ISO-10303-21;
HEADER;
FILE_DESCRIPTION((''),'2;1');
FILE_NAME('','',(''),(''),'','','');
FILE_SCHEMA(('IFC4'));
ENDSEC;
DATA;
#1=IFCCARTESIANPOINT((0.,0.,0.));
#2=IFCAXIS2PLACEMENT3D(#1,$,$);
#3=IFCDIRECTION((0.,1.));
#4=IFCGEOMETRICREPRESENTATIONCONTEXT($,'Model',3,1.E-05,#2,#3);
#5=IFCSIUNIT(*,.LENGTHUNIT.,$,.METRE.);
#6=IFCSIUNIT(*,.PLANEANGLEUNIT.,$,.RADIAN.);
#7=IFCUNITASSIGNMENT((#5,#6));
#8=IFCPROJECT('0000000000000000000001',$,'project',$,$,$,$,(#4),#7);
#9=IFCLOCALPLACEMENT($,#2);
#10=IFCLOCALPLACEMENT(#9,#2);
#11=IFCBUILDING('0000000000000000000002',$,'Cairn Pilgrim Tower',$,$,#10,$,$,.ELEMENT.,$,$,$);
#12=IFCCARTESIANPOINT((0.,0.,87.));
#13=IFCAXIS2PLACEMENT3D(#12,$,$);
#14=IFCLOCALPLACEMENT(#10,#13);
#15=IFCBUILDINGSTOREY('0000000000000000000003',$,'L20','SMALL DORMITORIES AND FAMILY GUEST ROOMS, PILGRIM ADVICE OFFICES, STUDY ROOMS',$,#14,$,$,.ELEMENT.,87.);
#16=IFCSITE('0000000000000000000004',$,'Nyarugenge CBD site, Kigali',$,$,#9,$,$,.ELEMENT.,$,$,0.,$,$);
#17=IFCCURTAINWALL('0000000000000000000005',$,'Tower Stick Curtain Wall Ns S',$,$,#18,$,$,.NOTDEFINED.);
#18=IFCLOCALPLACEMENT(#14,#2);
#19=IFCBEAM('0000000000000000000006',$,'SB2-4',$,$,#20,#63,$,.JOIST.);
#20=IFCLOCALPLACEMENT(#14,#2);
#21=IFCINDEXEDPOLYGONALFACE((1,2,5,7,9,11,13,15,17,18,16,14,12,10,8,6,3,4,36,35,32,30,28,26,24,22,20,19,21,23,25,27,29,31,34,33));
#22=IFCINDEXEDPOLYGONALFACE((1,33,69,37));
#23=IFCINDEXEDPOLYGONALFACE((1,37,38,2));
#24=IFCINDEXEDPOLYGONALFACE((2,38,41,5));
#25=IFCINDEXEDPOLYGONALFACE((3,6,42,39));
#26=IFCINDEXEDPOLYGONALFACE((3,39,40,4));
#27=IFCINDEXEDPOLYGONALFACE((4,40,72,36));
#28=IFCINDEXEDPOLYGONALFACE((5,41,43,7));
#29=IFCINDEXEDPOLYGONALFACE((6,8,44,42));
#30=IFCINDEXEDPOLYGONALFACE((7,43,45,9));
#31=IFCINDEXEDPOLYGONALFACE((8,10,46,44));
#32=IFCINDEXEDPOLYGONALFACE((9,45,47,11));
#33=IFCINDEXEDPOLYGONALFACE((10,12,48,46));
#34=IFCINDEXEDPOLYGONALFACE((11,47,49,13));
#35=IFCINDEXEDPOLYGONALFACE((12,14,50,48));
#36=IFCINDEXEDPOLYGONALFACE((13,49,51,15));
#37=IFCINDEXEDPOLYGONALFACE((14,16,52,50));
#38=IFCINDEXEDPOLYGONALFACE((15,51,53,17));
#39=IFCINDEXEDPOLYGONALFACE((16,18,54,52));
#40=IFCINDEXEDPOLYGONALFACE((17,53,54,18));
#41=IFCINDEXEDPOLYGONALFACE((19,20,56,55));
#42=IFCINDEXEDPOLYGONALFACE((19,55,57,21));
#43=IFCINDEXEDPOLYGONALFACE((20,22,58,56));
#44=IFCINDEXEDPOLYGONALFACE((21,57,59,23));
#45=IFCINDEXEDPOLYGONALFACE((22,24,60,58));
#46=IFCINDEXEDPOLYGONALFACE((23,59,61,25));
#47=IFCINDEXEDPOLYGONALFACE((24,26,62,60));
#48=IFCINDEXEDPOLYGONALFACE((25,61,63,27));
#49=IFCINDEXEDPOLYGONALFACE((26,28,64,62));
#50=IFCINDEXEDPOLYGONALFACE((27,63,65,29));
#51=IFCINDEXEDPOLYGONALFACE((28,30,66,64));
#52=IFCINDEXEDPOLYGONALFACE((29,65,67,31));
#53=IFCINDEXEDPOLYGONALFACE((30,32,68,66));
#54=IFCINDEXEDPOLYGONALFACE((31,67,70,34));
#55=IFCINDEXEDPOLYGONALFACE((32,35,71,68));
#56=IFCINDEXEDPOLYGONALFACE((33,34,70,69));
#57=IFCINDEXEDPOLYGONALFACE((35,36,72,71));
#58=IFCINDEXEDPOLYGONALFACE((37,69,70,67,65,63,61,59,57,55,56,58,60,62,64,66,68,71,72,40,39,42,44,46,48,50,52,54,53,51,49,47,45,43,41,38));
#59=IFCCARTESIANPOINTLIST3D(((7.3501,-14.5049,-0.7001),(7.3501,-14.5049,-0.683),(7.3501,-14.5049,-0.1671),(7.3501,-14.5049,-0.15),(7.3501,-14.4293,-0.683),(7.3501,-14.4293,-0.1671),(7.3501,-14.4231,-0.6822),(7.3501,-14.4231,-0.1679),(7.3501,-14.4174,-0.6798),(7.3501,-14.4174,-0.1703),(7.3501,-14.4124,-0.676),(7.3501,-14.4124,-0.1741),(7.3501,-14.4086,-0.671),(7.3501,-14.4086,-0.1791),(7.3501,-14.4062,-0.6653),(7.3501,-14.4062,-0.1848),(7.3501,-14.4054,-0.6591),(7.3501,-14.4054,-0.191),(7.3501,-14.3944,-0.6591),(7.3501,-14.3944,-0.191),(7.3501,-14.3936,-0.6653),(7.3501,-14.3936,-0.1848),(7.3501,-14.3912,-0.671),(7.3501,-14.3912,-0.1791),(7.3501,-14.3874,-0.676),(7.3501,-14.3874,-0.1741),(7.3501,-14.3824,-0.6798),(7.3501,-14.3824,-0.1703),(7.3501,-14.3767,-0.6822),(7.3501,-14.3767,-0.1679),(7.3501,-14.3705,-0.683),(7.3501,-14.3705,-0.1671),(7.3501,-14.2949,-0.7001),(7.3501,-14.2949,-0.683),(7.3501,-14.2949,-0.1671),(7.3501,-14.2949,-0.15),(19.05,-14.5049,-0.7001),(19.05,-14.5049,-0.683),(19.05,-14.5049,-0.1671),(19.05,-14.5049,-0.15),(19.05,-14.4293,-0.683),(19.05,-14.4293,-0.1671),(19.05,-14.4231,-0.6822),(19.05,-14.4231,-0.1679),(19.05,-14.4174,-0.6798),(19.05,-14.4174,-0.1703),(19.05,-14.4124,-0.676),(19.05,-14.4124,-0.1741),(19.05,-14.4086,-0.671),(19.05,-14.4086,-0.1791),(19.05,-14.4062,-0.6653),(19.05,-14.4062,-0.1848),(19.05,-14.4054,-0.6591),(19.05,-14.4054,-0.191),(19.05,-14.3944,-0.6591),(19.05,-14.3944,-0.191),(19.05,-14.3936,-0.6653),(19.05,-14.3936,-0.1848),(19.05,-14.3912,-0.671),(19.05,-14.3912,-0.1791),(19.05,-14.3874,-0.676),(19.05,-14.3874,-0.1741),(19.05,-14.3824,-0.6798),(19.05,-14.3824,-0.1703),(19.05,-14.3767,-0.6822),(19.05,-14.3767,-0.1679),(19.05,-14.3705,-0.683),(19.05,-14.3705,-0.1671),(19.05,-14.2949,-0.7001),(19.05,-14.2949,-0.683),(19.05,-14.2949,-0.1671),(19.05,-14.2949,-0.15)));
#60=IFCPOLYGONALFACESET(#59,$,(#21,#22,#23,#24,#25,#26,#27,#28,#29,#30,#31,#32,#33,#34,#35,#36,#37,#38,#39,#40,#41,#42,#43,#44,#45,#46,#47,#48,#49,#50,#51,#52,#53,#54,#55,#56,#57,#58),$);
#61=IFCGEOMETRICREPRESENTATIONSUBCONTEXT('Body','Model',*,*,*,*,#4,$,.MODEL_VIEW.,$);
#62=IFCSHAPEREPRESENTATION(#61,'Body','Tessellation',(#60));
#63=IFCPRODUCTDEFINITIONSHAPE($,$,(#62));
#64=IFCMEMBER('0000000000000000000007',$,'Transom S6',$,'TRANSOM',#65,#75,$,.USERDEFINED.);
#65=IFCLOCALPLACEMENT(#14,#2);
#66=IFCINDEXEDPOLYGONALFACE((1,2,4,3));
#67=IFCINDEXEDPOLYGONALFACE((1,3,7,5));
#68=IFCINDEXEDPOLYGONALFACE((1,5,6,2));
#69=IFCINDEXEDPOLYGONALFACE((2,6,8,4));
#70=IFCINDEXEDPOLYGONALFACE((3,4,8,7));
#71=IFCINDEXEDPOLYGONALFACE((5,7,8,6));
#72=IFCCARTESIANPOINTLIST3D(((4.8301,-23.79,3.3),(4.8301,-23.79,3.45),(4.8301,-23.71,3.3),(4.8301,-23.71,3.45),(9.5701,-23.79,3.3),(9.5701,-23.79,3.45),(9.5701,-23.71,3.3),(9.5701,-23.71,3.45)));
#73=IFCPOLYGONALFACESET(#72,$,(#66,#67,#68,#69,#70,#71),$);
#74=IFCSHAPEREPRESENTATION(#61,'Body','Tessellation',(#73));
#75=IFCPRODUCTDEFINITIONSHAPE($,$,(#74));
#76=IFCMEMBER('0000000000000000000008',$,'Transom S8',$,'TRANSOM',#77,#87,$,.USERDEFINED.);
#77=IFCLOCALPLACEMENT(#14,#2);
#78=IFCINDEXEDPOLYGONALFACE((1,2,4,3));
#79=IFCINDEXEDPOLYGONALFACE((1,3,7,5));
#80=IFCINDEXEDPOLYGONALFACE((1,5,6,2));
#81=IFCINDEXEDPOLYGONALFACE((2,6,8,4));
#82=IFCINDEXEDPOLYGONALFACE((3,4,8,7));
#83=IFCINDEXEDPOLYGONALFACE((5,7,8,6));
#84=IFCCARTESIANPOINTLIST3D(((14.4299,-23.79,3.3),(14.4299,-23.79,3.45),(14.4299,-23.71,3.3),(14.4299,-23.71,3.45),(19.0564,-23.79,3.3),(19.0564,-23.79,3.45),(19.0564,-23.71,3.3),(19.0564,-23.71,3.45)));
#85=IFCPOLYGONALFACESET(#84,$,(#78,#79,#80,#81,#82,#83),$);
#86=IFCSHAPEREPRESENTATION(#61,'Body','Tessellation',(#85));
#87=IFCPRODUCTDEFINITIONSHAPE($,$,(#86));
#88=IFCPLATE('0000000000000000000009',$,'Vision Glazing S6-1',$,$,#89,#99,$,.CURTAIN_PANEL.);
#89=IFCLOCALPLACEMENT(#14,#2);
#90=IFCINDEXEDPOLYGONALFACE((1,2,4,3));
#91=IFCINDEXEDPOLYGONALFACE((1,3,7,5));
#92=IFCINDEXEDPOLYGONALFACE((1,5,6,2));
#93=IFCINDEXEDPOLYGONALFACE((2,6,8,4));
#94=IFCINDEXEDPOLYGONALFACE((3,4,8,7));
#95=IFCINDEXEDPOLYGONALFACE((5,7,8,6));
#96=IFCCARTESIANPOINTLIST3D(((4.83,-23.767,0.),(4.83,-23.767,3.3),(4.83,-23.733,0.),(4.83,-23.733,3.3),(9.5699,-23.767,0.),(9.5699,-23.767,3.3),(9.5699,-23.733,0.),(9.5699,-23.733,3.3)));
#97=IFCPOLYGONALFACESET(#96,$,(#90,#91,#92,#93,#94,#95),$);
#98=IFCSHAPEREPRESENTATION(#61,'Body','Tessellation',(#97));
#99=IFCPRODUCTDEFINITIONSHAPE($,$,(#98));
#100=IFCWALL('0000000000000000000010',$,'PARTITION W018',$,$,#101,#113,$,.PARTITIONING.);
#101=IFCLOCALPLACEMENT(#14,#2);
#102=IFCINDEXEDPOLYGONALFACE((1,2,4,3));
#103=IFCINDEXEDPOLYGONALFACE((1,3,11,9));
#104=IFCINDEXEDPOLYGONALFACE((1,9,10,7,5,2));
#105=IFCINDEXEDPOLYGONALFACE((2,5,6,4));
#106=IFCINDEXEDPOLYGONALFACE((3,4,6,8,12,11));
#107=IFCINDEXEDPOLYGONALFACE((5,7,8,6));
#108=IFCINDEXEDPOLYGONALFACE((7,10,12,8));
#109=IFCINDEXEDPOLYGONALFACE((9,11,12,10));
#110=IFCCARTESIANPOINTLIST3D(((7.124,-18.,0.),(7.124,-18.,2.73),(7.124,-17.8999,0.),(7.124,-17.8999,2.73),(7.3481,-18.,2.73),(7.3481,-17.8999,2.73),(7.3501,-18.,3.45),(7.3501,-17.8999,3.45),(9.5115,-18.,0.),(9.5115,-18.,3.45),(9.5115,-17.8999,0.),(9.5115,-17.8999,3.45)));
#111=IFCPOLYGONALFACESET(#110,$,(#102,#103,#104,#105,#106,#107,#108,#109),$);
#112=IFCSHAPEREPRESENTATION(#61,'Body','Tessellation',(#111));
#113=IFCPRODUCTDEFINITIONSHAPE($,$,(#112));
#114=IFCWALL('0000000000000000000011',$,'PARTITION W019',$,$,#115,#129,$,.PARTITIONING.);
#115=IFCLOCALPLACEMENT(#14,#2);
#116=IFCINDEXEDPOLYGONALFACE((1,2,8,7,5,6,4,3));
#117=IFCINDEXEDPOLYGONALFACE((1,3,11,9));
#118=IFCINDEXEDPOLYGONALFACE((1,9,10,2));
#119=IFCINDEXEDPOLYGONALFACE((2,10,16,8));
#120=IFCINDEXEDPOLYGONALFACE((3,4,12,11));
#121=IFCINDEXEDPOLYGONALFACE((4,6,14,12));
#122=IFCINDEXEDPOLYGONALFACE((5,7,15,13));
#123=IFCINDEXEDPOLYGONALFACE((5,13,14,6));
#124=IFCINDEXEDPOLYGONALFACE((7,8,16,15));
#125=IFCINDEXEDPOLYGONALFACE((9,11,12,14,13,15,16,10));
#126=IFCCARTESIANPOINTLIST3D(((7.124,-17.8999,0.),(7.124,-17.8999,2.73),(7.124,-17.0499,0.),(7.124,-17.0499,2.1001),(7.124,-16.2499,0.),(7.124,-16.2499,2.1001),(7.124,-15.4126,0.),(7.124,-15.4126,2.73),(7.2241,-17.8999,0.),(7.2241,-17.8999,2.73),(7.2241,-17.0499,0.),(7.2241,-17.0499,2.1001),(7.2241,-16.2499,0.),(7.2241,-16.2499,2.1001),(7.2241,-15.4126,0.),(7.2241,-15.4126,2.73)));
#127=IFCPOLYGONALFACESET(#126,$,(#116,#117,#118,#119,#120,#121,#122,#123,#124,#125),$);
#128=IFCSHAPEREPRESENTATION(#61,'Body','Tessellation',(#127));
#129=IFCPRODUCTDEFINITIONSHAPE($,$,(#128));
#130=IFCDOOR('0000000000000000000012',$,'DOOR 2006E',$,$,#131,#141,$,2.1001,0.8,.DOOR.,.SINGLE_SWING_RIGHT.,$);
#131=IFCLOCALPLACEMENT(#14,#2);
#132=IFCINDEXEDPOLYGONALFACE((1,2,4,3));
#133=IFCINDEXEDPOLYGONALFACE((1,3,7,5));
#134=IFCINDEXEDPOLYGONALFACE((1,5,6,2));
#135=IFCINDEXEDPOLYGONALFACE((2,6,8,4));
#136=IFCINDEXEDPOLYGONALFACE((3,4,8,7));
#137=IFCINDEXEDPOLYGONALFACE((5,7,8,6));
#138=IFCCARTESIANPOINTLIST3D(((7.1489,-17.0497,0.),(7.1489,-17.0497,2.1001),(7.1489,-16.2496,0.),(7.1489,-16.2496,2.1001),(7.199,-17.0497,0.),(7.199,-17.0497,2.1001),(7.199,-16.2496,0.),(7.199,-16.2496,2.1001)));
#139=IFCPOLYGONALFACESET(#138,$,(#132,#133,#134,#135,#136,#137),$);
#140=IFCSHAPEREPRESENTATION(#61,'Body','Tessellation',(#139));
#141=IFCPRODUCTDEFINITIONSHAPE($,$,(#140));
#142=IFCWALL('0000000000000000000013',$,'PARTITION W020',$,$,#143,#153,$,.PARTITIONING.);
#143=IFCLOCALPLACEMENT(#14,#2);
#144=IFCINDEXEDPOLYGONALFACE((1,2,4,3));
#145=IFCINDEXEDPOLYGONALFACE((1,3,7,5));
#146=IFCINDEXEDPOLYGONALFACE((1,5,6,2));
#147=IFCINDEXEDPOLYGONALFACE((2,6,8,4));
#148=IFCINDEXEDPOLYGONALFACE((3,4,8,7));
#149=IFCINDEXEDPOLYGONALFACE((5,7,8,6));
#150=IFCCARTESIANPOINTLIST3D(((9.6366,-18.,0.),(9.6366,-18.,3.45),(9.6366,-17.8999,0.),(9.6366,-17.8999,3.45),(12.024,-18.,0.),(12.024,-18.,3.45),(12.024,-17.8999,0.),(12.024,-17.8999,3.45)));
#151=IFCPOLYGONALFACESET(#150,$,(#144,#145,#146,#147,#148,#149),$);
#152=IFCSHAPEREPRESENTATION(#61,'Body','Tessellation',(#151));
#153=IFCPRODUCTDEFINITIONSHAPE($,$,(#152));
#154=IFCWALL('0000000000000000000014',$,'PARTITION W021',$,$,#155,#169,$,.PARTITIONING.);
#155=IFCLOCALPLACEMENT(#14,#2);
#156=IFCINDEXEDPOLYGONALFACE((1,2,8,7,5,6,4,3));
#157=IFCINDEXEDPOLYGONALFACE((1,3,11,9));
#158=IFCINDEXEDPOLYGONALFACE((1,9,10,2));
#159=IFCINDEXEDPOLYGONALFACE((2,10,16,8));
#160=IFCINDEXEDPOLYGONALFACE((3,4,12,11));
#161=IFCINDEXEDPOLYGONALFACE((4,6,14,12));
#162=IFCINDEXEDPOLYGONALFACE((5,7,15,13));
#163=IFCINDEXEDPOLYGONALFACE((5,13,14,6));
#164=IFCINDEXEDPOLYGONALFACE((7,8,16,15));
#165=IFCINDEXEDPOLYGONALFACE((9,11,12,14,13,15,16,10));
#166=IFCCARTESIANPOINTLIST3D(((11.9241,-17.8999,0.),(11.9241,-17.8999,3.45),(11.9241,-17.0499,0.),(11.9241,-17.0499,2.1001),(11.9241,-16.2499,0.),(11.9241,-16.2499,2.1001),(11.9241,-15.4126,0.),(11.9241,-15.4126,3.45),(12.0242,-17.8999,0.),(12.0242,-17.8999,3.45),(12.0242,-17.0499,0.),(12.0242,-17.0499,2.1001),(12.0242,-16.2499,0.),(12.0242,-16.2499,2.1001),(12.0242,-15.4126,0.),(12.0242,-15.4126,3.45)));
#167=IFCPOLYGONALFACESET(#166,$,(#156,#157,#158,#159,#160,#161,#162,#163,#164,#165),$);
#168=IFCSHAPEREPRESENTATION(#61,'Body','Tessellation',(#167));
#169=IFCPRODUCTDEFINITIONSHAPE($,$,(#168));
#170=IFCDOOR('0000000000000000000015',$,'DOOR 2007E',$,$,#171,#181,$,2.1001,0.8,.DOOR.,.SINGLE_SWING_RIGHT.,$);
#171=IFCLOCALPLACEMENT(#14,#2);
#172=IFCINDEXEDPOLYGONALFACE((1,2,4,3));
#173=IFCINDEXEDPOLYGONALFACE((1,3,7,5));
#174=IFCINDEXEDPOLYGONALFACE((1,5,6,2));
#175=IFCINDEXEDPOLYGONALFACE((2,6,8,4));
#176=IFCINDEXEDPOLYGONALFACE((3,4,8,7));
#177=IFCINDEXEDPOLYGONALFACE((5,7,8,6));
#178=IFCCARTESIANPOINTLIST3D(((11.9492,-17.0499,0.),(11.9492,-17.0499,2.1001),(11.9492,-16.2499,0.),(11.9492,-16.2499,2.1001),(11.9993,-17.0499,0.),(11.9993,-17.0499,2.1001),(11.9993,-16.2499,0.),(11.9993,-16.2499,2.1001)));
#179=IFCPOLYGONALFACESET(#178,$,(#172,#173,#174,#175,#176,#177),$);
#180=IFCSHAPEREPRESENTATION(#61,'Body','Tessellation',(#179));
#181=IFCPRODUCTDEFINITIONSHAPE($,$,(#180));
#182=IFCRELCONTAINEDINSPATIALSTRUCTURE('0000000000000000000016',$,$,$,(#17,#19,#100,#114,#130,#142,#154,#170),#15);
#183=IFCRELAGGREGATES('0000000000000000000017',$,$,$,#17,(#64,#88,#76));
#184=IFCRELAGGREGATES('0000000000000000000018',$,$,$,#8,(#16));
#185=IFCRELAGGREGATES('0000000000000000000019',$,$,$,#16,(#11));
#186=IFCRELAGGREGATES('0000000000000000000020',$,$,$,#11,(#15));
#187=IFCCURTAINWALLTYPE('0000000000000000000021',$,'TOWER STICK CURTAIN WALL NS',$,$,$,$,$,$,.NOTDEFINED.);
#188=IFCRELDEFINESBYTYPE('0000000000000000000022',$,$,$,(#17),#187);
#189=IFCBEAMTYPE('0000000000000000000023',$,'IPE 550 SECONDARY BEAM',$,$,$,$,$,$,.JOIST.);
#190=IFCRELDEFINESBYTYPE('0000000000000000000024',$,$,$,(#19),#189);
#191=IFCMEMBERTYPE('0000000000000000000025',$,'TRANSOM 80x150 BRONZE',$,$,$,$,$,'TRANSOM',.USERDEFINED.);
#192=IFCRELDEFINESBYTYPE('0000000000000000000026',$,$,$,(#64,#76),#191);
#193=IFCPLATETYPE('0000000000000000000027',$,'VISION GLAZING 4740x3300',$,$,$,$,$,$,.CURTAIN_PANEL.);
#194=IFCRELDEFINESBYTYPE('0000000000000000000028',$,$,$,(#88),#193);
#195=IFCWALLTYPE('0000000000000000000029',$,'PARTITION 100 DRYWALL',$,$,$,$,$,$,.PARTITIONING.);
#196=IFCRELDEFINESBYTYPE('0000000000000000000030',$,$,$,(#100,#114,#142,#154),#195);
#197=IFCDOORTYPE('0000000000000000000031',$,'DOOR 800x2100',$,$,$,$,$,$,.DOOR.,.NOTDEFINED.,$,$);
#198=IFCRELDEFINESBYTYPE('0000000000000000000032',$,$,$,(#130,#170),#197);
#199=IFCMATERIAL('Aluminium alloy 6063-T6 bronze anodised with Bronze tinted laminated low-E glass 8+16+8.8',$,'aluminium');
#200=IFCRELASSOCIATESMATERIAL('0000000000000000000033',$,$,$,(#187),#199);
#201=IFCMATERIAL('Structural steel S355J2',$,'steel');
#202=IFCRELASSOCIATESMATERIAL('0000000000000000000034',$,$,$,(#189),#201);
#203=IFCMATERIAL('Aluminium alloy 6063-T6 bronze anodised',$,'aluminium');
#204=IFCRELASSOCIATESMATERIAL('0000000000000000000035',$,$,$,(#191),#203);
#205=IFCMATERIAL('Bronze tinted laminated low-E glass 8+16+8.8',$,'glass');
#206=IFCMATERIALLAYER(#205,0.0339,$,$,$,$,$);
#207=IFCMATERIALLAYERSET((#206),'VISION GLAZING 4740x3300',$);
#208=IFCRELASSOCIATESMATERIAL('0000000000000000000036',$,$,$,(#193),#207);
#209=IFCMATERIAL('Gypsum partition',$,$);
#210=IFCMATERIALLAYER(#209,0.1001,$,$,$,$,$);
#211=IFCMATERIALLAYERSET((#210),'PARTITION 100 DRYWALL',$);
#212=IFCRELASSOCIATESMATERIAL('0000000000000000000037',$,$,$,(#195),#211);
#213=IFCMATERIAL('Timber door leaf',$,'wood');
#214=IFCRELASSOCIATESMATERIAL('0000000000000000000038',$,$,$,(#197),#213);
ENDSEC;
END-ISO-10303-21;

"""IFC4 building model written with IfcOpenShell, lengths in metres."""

from ifc_helpers import new_model, si_unit, direction, frame, frame_2d, origin, origin_2d, place, context, subcontext, project, spatial, polyline, rectangle, i_section, outline, extrude, material, layer, layer_set, material_profile, profile_set, type_object, element, fill, aggregate, save


model = new_model("IFC4")

# Units and contexts
model_context = context("Model", 3, precision=1e-05, world=origin(), true_north=direction((0.0, 1.0)))
body_context = subcontext(model_context, "Body", "Model", "MODEL_VIEW")
ifc_project = project(units=[si_unit("LENGTHUNIT", "METRE"), si_unit("PLANEANGLEUNIT", "RADIAN")], contexts=[model_context])

# Site, building, storey
site_placement = place(None, origin())
site = spatial("IfcSite", under=ifc_project, at=site_placement, Name="Nyarugenge CBD site, Kigali", CompositionType="ELEMENT", RefElevation=0.0)
building_placement = place(site_placement, origin())
building = spatial("IfcBuilding", under=site, at=building_placement, Name="Cairn Pilgrim Tower", CompositionType="ELEMENT")
storey_placement = place(building_placement, frame((0.0, 0.0, 87.0)))
storey = spatial("IfcBuildingStorey", under=building, at=storey_placement, Name="L20", Description="SMALL DORMITORIES AND FAMILY GUEST ROOMS, PILGRIM ADVICE OFFICES, STUDY ROOMS", CompositionType="ELEMENT", Elevation=87.0)

# Curtain wall
ifc_material_1 = material(Name="Aluminium alloy 6063-T6 bronze anodised with Bronze tinted laminated low-E glass 8+16+8.8", Category="aluminium")
curtain_wall_type = type_object("IfcCurtainWallType", Name="TOWER STICK CURTAIN WALL NS", PredefinedType="NOTDEFINED", material=ifc_material_1)
curtain_wall_placement = place(storey_placement, origin())
curtain_wall = element("IfcCurtainWall", 1, at=curtain_wall_placement, inside=storey, type_object=curtain_wall_type, Name="Tower Stick Curtain Wall Ns S", PredefinedType="NOTDEFINED")
ifc_material_2 = material(Name="Aluminium alloy 6063-T6 bronze anodised", Category="aluminium")

# Beam
ifc_material_3 = material(Name="Structural steel S355J2", Category="steel")
ifc_material_profile_1 = material_profile(ifc_material_3, i_section(OverallWidth=0.21, OverallDepth=0.55, WebThickness=0.011, FlangeThickness=0.0171, FilletRadius=0.0239, at=origin_2d()), Name="IPE 550")
ifc_profile_set_1 = profile_set([ifc_material_profile_1], Name="Structural steel S355J2")
beam_type_1 = type_object("IfcBeamType", Name="IPE 550 SECONDARY BEAM", PredefinedType="JOIST", material=ifc_profile_set_1)
for number, where, z_axis, x_axis, name in (
    (2, (7.3501, -14.3999, -0.425), (1.0, 0.0, 0.0), (0.0, 1.0, 0.0), "SB2-4"),
):
    element("IfcBeam", number, at=place(storey_placement, frame(where, z_axis=z_axis, x_axis=x_axis)), inside=storey, type_object=beam_type_1, Name=name, PredefinedType="JOIST", context=body_context, shape_type="SweptSolid", body=[
        extrude(i_section(OverallWidth=0.21, OverallDepth=0.55, WebThickness=0.011, FlangeThickness=0.0171, FilletRadius=0.0239, at=origin_2d()), origin(), (0.0, 0.0, 1.0), 11.7),
    ])

# Members
ifc_material_profile_2 = material_profile(ifc_material_2, rectangle(XDim=0.0801, YDim=0.1499, at=origin_2d()), Name="TRANSOM 80x150 BRONZE")
ifc_profile_set_2 = profile_set([ifc_material_profile_2], Name="Aluminium alloy 6063-T6 bronze anodised")
member_type_1 = type_object("IfcMemberType", Name="TRANSOM 80x150 BRONZE", ElementType="TRANSOM", PredefinedType="USERDEFINED", material=ifc_profile_set_2)
member_1_placement = place(storey_placement, frame((4.8301, -23.75, 3.375), z_axis=(1.0, 0.0, 0.0), x_axis=(0.0, 1.0, 0.0)))
member_1 = element("IfcMember", 3, at=member_1_placement, type_object=member_type_1, Name="Transom S6", ObjectType="TRANSOM", PredefinedType="USERDEFINED", context=body_context, shape_type="SweptSolid", body=[
    extrude(rectangle(XDim=0.0801, YDim=0.1499, at=origin_2d()), origin(), (0.0, 0.0, 1.0), 4.74),
])
member_2_placement = place(storey_placement, frame((14.4299, -23.75, 3.375), z_axis=(1.0, 0.0, 0.0), x_axis=(0.0, 1.0, 0.0)))
member_2 = element("IfcMember", 4, at=member_2_placement, type_object=member_type_1, Name="Transom S8", ObjectType="TRANSOM", PredefinedType="USERDEFINED", context=body_context, shape_type="SweptSolid", body=[
    extrude(rectangle(XDim=0.0801, YDim=0.1499, at=origin_2d()), origin(), (0.0, 0.0, 1.0), 4.6265),
])

# Plate
ifc_material_4 = material(Name="Bronze tinted laminated low-E glass 8+16+8.8", Category="glass")
ifc_layer_1 = layer(ifc_material_4, 0.0339)
ifc_layer_set_1 = layer_set([ifc_layer_1], Name="VISION GLAZING 4740x3300")
plate_type = type_object("IfcPlateType", Name="VISION GLAZING 4740x3300", PredefinedType="CURTAIN_PANEL", material=ifc_layer_set_1)
plate_placement = place(storey_placement, frame((7.2, -23.75, 0.0), z_axis=(0.0, 0.0, 1.0), x_axis=(1.0, 0.0, 0.0)))
plate = element("IfcPlate", 5, at=plate_placement, type_object=plate_type, Name="Vision Glazing S6-1", PredefinedType="CURTAIN_PANEL", context=body_context, shape_type="SweptSolid", body=[
    extrude(rectangle(XDim=4.74, YDim=0.0339, at=origin_2d()), origin(), (0.0, 0.0, 1.0), 3.3),
])
aggregate(curtain_wall, [member_1, plate, member_2])

# Wall
ifc_material_5 = material(Name="Gypsum partition")
ifc_layer_2 = layer(ifc_material_5, 0.1001)
ifc_layer_set_2 = layer_set([ifc_layer_2], Name="PARTITION 100 DRYWALL")
wall_type_1 = type_object("IfcWallType", Name="PARTITION 100 DRYWALL", PredefinedType="PARTITIONING", material=ifc_layer_set_2)
wall_1_placement = place(storey_placement, frame((7.124, -17.95, 0.0), z_axis=(0.0, 0.0, 1.0), x_axis=(1.0, 0.0, 0.0)))
element("IfcWall", 6, at=wall_1_placement, inside=storey, type_object=wall_type_1, Name="PARTITION W018", PredefinedType="PARTITIONING", context=body_context, shape_type="SweptSolid", body=[
    extrude(outline(polyline([(0.0, 0.0), (2.3875, 0.0), (2.3875, 3.45), (0.2261, 3.45), (0.2241, 2.73), (0.0, 2.73), (0.0, 0.0)])), frame((0.0, 0.05, 0.0), z_axis=(0.0, -1.0, 0.0), x_axis=(1.0, 0.0, 0.0)), (0.0, 0.0, 1.0), 0.1001),
])

# Wall, opening, door
wall_2_placement = place(storey_placement, frame((7.1741, -17.8999, 0.0), z_axis=(0.0, 0.0, 1.0), x_axis=(0.0, 1.0, 0.0)))
wall_2 = element("IfcWall", 7, at=wall_2_placement, inside=storey, type_object=wall_type_1, Name="PARTITION W019", PredefinedType="PARTITIONING", context=body_context, shape_type="SweptSolid", body=[
    extrude(rectangle(XDim=2.4873, YDim=0.1001, at=frame_2d((1.2437, 0.0))), origin(), (0.0, 0.0, 1.0), 2.73),
])
opening_1_placement = place(wall_2_placement, frame((0.8501, 0.0, 0.0)))
opening_1 = element("IfcOpeningElement", 8, at=opening_1_placement, cuts=wall_2, PredefinedType="OPENING", context=body_context, shape_type="SweptSolid", body=[
    extrude(rectangle(XDim=0.8, YDim=2.1001, at=frame_2d((0.3999, 1.05))), frame((0.0, 0.0601, 0.0), z_axis=(0.0, -1.0, 0.0), x_axis=(1.0, 0.0, 0.0)), (0.0, 0.0, 1.0), 0.1201),
])
ifc_material_6 = material(Name="Timber door leaf", Category="wood")
door_type_1 = type_object("IfcDoorType", Name="DOOR 800x2100", OperationType="NOTDEFINED", PredefinedType="DOOR", material=ifc_material_6)
door_1_placement = place(opening_1_placement, frame((0.8, 0.0, 0.0), z_axis=(0.0, 0.0, 1.0), x_axis=(-1.0, 0.0, 0.0)))
door_1 = element("IfcDoor", 9, at=door_1_placement, inside=storey, type_object=door_type_1, Name="DOOR 2006E", OperationType="SINGLE_SWING_RIGHT", OverallHeight=2.1001, OverallWidth=0.8, PredefinedType="DOOR", context=body_context, shape_type="SweptSolid", body=[
    extrude(rectangle(XDim=0.8, YDim=2.1001, at=frame_2d((0.3999, 1.05))), frame((0.0, 0.0249, 0.0), z_axis=(0.0, -1.0, 0.0), x_axis=(1.0, 0.0, 0.0)), (0.0, 0.0, 1.0), 0.05),
])
fill(opening_1, door_1)

# Wall
wall_3_placement = place(storey_placement, frame((9.6365, -17.95, 0.0), z_axis=(0.0, 0.0, 1.0), x_axis=(1.0, 0.0, 0.0)))
element("IfcWall", 10, at=wall_3_placement, inside=storey, type_object=wall_type_1, Name="PARTITION W020", PredefinedType="PARTITIONING", context=body_context, shape_type="SweptSolid", body=[
    extrude(rectangle(XDim=2.3875, YDim=0.1001, at=frame_2d((1.1938, 0.0))), origin(), (0.0, 0.0, 1.0), 3.45),
])

# Wall, opening, door
wall_4_placement = place(storey_placement, frame((11.9741, -17.8999, 0.0), z_axis=(0.0, 0.0, 1.0), x_axis=(0.0, 1.0, 0.0)))
wall_4 = element("IfcWall", 11, at=wall_4_placement, inside=storey, type_object=wall_type_1, Name="PARTITION W021", PredefinedType="PARTITIONING", context=body_context, shape_type="SweptSolid", body=[
    extrude(rectangle(XDim=2.4873, YDim=0.1001, at=frame_2d((1.2437, 0.0))), origin(), (0.0, 0.0, 1.0), 3.45),
])
opening_2_placement = place(wall_4_placement, frame((0.8501, 0.0, 0.0)))
opening_2 = element("IfcOpeningElement", 12, at=opening_2_placement, cuts=wall_4, PredefinedType="OPENING", context=body_context, shape_type="SweptSolid", body=[
    extrude(rectangle(XDim=0.8, YDim=2.1001, at=frame_2d((0.3999, 1.05))), frame((0.0, 0.0601, 0.0), z_axis=(0.0, -1.0, 0.0), x_axis=(1.0, 0.0, 0.0)), (0.0, 0.0, 1.0), 0.1201),
])
door_2_placement = place(opening_2_placement, origin())
door_2 = element("IfcDoor", 13, at=door_2_placement, inside=storey, type_object=door_type_1, Name="DOOR 2007E", OperationType="SINGLE_SWING_RIGHT", OverallHeight=2.1001, OverallWidth=0.8, PredefinedType="DOOR", context=body_context, shape_type="SweptSolid", body=[
    extrude(rectangle(XDim=0.8, YDim=2.1001, at=frame_2d((0.3999, 1.05))), frame((0.0, 0.0249, 0.0), z_axis=(0.0, -1.0, 0.0), x_axis=(1.0, 0.0, 0.0)), (0.0, 0.0, 1.0), 0.05),
])
fill(opening_2, door_2)

save(model, "model.ifc")
